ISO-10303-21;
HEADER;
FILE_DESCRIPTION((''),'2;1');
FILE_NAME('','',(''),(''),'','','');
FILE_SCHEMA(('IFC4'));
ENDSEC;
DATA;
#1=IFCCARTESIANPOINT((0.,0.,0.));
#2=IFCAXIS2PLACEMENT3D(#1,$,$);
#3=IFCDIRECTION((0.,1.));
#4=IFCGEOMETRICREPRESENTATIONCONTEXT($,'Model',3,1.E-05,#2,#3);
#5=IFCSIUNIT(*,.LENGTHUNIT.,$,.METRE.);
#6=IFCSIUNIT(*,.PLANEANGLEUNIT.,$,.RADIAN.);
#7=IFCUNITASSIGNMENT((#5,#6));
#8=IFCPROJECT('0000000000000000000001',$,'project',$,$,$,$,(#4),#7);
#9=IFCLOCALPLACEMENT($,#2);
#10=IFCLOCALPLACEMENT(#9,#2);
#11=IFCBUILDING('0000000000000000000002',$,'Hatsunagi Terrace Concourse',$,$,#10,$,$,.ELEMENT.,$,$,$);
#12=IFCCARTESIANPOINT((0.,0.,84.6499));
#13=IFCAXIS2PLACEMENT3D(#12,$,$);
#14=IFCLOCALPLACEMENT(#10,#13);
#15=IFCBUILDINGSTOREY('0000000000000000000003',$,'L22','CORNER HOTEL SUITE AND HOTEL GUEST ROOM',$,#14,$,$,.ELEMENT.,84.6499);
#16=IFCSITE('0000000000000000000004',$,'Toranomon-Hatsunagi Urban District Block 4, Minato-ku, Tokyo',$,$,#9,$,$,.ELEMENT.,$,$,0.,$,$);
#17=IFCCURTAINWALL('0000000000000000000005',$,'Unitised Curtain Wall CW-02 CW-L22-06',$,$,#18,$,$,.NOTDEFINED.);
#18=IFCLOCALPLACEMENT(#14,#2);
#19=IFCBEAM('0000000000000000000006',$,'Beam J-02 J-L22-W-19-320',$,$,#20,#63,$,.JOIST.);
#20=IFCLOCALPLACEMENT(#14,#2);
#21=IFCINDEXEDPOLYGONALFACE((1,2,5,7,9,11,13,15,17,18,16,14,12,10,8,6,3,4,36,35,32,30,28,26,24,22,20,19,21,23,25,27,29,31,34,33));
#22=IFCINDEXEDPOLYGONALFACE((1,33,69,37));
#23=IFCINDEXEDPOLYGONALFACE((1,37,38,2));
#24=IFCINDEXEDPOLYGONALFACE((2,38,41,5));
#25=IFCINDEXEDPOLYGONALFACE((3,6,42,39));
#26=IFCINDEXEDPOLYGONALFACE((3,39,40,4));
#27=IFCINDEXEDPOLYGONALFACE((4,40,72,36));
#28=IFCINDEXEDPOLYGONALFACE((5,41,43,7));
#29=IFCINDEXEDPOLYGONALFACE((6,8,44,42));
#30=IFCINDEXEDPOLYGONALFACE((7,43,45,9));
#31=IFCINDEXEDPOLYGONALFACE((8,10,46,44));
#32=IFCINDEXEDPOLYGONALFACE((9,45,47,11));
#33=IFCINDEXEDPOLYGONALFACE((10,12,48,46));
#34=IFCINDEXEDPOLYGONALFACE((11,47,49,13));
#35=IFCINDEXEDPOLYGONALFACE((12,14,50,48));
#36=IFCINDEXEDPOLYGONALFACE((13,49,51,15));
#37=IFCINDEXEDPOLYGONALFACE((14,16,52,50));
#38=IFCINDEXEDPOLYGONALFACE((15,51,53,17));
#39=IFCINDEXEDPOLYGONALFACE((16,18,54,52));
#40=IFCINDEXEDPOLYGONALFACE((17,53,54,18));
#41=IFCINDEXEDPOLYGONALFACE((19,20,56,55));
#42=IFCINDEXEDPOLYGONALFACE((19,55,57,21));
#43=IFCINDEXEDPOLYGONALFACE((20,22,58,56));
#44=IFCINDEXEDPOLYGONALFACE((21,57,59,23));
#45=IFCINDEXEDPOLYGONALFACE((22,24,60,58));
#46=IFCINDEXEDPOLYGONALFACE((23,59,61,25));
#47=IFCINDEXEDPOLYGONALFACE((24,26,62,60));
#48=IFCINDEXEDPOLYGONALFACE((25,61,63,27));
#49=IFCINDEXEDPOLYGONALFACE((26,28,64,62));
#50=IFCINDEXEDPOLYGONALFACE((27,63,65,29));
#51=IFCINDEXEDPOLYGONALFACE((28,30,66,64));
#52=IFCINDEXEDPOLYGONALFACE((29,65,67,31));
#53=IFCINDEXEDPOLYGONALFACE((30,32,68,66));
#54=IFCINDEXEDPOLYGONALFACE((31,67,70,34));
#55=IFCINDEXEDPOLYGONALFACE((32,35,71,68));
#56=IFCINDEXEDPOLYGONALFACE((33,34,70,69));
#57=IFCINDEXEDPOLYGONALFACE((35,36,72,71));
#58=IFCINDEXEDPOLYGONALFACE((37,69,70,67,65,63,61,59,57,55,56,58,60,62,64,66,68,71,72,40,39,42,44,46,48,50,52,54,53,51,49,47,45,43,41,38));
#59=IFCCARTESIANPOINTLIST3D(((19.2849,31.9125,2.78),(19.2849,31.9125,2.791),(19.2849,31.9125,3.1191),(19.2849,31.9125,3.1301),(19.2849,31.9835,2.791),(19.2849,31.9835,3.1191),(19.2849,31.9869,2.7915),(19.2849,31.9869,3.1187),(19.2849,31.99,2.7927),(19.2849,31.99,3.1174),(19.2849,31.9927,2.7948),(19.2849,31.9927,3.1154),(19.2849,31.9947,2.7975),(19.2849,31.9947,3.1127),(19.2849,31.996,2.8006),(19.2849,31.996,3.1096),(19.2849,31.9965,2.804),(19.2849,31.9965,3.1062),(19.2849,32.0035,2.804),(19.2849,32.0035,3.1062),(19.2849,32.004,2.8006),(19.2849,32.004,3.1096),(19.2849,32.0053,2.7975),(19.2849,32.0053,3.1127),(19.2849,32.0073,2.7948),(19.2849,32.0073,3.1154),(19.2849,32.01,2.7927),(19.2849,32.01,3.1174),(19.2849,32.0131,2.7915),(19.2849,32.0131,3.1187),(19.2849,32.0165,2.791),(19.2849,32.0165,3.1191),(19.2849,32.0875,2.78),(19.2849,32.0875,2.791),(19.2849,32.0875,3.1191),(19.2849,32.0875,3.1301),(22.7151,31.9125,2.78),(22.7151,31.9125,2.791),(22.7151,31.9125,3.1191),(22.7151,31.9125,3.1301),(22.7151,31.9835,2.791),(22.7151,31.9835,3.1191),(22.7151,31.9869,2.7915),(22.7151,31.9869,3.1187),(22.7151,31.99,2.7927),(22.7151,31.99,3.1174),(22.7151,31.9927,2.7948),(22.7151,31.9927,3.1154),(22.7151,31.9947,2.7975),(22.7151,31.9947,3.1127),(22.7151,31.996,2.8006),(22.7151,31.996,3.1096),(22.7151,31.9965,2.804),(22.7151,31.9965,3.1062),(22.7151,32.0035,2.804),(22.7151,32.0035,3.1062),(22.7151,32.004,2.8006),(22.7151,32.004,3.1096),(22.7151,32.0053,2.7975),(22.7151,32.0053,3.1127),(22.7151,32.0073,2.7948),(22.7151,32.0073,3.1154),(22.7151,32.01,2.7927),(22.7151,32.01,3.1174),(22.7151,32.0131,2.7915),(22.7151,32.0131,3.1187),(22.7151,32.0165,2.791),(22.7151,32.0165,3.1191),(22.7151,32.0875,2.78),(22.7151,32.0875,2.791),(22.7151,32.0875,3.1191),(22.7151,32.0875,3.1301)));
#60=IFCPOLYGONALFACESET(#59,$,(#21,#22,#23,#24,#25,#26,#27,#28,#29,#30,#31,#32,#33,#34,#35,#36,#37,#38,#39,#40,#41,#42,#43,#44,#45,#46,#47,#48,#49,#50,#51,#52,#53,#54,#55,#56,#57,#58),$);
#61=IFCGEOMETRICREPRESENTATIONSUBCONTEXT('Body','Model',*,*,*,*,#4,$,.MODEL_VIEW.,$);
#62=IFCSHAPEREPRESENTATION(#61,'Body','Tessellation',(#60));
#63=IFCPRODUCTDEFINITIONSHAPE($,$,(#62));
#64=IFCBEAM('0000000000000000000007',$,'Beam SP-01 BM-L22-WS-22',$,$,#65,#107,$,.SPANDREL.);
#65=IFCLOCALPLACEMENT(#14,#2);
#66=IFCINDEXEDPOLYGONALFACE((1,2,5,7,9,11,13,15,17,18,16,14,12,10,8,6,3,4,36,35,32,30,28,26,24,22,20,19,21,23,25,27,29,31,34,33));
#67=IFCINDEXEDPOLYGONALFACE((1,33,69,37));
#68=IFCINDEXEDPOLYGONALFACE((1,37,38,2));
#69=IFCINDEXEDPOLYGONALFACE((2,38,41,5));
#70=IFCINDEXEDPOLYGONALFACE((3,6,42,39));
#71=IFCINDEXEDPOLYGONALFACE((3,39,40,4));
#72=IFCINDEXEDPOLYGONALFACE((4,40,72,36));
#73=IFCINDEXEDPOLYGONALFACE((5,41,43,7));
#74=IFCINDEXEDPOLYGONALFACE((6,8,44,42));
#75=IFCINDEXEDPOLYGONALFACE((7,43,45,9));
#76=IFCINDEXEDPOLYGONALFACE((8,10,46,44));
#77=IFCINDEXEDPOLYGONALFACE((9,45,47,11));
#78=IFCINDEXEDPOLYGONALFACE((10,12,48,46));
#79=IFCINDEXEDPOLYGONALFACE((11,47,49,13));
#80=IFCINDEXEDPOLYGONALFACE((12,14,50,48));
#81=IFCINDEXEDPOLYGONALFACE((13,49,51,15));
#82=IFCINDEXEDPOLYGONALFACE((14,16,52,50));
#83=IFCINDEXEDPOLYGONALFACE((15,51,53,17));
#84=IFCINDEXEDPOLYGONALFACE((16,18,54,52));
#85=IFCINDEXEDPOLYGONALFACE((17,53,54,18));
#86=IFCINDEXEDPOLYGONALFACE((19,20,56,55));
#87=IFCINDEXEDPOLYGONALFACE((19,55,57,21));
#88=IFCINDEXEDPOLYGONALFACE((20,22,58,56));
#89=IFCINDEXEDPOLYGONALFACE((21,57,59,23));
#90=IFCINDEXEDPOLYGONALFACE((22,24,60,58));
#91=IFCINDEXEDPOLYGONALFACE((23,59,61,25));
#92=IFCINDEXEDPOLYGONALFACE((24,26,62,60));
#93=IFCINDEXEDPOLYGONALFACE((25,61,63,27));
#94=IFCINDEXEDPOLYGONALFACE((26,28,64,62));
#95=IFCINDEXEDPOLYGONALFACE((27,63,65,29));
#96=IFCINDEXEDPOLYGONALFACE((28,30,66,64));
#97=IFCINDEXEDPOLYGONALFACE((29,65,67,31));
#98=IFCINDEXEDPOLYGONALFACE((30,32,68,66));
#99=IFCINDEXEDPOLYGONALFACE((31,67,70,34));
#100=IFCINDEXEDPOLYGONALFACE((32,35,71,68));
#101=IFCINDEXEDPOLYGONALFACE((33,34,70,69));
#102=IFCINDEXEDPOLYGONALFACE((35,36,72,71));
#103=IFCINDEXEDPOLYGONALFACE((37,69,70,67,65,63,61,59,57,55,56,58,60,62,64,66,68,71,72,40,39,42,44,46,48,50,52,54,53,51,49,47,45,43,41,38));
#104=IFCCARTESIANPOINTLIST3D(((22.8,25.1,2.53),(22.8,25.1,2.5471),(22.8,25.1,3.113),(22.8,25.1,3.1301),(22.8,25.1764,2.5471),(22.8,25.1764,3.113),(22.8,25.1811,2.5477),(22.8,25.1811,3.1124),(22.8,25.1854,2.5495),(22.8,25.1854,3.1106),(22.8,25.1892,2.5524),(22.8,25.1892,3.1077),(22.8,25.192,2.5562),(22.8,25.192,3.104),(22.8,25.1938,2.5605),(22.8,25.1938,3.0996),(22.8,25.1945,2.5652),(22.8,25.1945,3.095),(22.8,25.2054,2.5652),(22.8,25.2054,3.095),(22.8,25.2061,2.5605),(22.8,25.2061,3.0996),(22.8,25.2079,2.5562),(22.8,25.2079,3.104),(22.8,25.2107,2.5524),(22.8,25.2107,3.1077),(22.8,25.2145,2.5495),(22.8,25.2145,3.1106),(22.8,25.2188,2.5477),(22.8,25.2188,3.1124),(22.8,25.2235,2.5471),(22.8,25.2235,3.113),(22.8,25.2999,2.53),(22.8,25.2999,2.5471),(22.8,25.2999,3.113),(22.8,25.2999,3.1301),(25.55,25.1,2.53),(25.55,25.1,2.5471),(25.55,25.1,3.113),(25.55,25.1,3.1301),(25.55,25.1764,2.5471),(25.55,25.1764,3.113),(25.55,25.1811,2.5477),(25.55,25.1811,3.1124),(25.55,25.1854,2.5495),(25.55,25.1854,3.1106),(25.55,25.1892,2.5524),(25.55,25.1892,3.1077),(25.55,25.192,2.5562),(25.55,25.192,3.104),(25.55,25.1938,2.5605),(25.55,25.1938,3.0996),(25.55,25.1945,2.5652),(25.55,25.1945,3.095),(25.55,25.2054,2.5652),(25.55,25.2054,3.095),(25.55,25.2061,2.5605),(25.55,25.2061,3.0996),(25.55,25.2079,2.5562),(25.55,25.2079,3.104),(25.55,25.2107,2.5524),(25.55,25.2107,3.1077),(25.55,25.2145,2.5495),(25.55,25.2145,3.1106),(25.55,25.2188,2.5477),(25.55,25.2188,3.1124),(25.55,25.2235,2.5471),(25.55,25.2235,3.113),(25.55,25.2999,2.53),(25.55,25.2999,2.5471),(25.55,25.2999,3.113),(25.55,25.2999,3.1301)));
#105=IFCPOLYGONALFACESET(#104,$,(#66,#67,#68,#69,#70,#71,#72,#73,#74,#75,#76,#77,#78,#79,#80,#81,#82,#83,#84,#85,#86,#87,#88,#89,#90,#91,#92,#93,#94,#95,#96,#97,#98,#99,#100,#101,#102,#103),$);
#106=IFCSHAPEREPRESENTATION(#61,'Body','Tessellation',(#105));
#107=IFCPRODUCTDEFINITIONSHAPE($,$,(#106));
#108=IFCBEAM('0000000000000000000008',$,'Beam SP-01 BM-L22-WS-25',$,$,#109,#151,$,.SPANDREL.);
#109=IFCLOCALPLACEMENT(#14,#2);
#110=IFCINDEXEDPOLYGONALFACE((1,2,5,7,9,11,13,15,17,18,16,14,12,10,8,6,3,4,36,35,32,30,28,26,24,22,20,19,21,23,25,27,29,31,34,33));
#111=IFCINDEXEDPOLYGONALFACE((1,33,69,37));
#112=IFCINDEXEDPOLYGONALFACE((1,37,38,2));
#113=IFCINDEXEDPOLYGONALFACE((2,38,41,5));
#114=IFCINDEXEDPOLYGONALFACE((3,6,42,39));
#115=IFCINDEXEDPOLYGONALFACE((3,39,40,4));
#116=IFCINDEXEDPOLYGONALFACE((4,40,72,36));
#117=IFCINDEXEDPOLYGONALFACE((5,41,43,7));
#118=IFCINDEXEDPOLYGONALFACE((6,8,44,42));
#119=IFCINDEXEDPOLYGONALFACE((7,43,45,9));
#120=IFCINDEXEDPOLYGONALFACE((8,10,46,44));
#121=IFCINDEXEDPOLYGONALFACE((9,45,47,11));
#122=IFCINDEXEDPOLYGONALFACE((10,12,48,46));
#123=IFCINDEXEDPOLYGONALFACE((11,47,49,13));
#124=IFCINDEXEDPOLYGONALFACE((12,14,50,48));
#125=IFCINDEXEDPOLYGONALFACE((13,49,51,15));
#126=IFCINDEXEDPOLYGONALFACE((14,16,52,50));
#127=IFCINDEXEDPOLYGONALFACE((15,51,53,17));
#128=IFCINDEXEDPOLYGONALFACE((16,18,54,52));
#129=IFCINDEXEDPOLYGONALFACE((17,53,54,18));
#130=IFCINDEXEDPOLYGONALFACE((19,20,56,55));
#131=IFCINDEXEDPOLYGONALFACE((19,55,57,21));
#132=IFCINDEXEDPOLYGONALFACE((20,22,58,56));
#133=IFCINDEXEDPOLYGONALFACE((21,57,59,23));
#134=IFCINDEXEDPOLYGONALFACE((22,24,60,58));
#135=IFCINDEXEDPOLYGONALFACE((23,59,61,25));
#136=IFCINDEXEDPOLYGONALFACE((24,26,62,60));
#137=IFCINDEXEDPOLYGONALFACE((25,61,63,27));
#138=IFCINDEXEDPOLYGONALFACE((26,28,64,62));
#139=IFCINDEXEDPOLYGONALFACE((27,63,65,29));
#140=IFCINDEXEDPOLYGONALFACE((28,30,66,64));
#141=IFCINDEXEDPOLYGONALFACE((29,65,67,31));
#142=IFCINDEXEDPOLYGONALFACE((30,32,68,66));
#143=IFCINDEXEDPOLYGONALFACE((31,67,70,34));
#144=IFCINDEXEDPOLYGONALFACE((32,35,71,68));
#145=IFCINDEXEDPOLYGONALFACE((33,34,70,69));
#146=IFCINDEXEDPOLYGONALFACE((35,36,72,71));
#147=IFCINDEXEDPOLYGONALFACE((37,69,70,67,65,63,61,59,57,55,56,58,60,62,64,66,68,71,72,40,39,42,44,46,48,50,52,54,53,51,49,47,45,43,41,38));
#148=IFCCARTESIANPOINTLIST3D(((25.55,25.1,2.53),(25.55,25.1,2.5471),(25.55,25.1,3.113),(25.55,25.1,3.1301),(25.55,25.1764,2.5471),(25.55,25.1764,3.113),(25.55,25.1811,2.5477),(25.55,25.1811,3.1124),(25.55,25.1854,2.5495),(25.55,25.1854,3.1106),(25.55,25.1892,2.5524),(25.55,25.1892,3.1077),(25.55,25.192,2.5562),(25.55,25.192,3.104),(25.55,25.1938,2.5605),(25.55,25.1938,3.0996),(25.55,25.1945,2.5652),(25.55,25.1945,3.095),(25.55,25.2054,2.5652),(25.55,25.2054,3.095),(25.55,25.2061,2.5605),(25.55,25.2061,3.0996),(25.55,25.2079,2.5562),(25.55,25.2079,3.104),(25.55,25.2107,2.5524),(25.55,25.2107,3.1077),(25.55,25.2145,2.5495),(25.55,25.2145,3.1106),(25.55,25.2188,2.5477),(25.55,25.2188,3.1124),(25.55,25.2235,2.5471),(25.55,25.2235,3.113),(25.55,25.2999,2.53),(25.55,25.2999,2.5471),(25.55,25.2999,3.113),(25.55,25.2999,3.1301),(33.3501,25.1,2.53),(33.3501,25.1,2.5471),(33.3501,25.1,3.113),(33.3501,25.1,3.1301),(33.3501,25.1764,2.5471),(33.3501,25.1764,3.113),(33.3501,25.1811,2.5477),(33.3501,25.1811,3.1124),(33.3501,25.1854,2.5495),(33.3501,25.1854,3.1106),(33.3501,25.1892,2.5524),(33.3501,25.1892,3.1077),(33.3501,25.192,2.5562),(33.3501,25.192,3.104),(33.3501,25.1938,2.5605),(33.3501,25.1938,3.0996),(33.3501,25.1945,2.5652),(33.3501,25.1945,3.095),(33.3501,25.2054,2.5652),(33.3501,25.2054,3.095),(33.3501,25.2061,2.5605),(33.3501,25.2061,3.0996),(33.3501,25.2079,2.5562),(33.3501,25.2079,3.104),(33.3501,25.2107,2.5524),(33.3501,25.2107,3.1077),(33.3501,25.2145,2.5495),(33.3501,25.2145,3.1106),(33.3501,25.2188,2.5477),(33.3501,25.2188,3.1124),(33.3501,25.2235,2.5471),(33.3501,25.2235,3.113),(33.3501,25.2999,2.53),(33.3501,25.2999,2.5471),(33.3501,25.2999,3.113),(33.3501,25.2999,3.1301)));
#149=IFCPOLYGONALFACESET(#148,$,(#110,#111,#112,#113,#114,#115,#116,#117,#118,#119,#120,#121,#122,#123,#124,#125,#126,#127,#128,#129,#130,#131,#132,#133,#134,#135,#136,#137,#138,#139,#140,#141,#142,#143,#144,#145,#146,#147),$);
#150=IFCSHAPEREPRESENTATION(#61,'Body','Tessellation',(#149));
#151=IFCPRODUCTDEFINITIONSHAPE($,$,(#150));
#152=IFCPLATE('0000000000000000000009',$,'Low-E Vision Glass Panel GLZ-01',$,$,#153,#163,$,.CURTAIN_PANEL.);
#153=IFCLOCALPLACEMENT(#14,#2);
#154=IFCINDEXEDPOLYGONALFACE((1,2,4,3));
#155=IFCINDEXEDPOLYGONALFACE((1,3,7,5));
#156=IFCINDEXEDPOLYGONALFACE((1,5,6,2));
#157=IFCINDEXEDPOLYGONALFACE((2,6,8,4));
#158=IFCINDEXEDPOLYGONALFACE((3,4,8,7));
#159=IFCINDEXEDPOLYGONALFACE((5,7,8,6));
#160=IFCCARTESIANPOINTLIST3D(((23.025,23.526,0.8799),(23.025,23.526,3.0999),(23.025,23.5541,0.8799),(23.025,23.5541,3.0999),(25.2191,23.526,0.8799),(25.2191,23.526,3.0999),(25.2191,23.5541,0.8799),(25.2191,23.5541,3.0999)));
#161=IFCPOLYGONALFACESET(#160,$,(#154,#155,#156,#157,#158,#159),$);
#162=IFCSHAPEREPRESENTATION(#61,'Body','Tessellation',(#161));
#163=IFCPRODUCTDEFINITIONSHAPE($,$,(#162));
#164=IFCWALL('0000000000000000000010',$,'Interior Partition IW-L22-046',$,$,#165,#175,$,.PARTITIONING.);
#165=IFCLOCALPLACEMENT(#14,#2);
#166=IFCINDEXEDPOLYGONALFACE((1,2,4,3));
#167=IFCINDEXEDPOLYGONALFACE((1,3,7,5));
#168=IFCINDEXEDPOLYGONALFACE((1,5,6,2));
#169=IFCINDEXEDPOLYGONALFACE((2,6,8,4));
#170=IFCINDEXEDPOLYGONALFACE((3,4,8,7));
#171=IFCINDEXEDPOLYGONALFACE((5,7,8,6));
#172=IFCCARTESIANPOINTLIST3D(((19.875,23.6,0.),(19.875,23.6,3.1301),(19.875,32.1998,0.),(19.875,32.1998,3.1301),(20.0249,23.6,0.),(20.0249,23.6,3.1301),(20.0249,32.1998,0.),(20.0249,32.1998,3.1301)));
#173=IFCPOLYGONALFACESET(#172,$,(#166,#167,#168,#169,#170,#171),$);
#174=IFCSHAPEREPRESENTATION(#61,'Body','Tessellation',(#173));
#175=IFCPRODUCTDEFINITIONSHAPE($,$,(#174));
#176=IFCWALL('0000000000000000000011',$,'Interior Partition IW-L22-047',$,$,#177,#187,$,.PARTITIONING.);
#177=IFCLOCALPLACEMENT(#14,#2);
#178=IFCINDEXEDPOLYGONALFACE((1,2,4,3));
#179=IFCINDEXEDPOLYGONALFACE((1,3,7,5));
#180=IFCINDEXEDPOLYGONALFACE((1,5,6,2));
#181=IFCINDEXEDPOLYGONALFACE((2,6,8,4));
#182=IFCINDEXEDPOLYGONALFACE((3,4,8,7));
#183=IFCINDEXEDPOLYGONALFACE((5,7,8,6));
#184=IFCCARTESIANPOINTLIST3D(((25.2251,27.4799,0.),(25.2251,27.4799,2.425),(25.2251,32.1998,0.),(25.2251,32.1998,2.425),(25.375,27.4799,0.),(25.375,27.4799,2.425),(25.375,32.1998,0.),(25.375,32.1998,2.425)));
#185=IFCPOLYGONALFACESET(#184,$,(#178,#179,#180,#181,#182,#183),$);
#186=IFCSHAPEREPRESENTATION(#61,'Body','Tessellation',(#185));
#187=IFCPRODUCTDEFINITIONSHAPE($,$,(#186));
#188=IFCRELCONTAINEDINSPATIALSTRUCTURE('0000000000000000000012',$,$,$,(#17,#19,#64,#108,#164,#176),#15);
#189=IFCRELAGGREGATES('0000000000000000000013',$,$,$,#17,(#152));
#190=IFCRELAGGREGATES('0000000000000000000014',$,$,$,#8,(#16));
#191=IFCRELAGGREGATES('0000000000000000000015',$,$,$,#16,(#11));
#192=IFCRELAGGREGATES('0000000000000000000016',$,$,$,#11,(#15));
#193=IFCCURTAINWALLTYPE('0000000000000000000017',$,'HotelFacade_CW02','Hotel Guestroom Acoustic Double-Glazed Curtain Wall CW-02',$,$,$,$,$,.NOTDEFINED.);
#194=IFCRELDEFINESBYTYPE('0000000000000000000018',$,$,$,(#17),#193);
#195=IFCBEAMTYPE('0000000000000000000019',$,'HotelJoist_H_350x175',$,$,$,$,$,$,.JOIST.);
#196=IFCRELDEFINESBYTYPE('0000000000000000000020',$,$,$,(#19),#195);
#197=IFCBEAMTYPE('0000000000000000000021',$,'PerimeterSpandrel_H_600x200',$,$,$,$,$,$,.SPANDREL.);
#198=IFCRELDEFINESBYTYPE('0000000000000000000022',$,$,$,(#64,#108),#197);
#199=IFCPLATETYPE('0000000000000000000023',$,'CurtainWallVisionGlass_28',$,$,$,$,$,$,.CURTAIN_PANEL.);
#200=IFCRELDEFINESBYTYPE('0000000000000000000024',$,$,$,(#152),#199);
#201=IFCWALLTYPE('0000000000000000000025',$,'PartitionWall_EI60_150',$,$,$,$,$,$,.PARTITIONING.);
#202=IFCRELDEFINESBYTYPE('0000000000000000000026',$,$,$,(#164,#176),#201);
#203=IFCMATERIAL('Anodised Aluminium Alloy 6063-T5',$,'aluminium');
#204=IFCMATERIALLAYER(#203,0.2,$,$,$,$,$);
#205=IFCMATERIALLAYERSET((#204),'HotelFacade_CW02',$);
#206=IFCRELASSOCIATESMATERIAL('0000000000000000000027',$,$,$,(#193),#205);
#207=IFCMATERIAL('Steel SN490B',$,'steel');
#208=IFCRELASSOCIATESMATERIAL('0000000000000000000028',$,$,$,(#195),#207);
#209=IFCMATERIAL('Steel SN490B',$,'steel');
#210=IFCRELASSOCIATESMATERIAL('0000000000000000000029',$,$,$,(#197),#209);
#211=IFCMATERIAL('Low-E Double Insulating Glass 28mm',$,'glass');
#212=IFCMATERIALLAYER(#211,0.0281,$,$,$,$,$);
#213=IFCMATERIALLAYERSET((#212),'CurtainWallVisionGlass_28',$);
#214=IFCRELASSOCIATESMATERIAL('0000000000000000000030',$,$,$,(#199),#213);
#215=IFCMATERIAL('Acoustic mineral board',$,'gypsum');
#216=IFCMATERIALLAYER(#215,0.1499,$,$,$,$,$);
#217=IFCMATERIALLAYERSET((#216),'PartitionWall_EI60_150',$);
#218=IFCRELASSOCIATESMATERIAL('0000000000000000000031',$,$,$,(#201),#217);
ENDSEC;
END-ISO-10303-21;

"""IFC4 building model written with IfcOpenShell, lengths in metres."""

from ifc_helpers import new_model, si_unit, direction, frame, frame_2d, origin, origin_2d, place, context, subcontext, project, spatial, rectangle, i_section, extrude, material, layer, layer_set, material_profile, profile_set, type_object, element, aggregate, save


model = new_model("IFC4")

# Units and contexts
model_context = context("Model", 3, precision=1e-05, world=origin(), true_north=direction((0.0, 1.0)))
body_context = subcontext(model_context, "Body", "Model", "MODEL_VIEW")
ifc_project = project(units=[si_unit("LENGTHUNIT", "METRE"), si_unit("PLANEANGLEUNIT", "RADIAN")], contexts=[model_context])

# Site, building, storey
site_placement = place(None, origin())
site = spatial("IfcSite", under=ifc_project, at=site_placement, Name="Toranomon-Hatsunagi Urban District Block 4, Minato-ku, Tokyo", CompositionType="ELEMENT", RefElevation=0.0)
building_placement = place(site_placement, origin())
building = spatial("IfcBuilding", under=site, at=building_placement, Name="Hatsunagi Terrace Concourse", CompositionType="ELEMENT")
storey_placement = place(building_placement, frame((0.0, 0.0, 84.6499)))
storey = spatial("IfcBuildingStorey", under=building, at=storey_placement, Name="L22", Description="CORNER HOTEL SUITE AND HOTEL GUEST ROOM", CompositionType="ELEMENT", Elevation=84.6499)

# Shared definitions
ifc_material_1 = material(Name="Anodised Aluminium Alloy 6063-T5", Category="aluminium")
ifc_layer_1 = layer(ifc_material_1, 0.2)
ifc_layer_set_1 = layer_set([ifc_layer_1], Name="HotelFacade_CW02")
curtain_wall_type = type_object("IfcCurtainWallType", Name="HotelFacade_CW02", Description="Hotel Guestroom Acoustic Double-Glazed Curtain Wall CW-02", PredefinedType="NOTDEFINED", material=ifc_layer_set_1)

# Curtain wall
curtain_wall_1_placement = place(storey_placement, origin())
curtain_wall_1 = element("IfcCurtainWall", 1, at=curtain_wall_1_placement, inside=storey, type_object=curtain_wall_type, Name="Unitised Curtain Wall CW-02 CW-L22-06", PredefinedType="NOTDEFINED")

# Beams
ifc_material_2 = material(Name="Steel SN490B", Category="steel")
ifc_material_profile_1 = material_profile(ifc_material_2, i_section(OverallWidth=0.175, OverallDepth=0.3501, WebThickness=0.0071, FlangeThickness=0.011, FilletRadius=0.0129, at=origin_2d()), Name="H-350x175x7x11")
ifc_profile_set_1 = profile_set([ifc_material_profile_1], Name="Steel SN490B")
beam_type_1 = type_object("IfcBeamType", Name="HotelJoist_H_350x175", PredefinedType="JOIST", material=ifc_profile_set_1)
for number, where, z_axis, x_axis, name in (
    (2, (19.2849, 32.0, 2.9551), (1.0, 0.0, 0.0), (0.0, 1.0, 0.0), "Beam J-02 J-L22-W-19-320"),
):
    element("IfcBeam", number, at=place(storey_placement, frame(where, z_axis=z_axis, x_axis=x_axis)), inside=storey, type_object=beam_type_1, Name=name, PredefinedType="JOIST", context=body_context, shape_type="SweptSolid", body=[
        extrude(i_section(OverallWidth=0.175, OverallDepth=0.3501, WebThickness=0.0071, FlangeThickness=0.011, FilletRadius=0.0129, at=origin_2d()), origin(), (0.0, 0.0, 1.0), 3.4302),
    ])
ifc_material_3 = material(Name="Steel SN490B", Category="steel")
ifc_material_profile_2 = material_profile(ifc_material_3, i_section(OverallWidth=0.2, OverallDepth=0.6001, WebThickness=0.011, FlangeThickness=0.0171, FilletRadius=0.0181, at=origin_2d()), Name="H-600x200x11x17")
ifc_profile_set_2 = profile_set([ifc_material_profile_2], Name="Steel SN490B")
beam_type_2 = type_object("IfcBeamType", Name="PerimeterSpandrel_H_600x200", PredefinedType="SPANDREL", material=ifc_profile_set_2)
beam_1_placement = place(storey_placement, frame((22.8, 25.2, 2.8301), z_axis=(1.0, 0.0, 0.0), x_axis=(0.0, 1.0, 0.0)))
element("IfcBeam", 3, at=beam_1_placement, inside=storey, type_object=beam_type_2, Name="Beam SP-01 BM-L22-WS-22", PredefinedType="SPANDREL", context=body_context, shape_type="SweptSolid", body=[
    extrude(i_section(OverallWidth=0.2, OverallDepth=0.6001, WebThickness=0.011, FlangeThickness=0.0171, FilletRadius=0.0181, at=origin_2d()), origin(), (0.0, 0.0, 1.0), 2.75),
])
beam_2_placement = place(storey_placement, frame((25.55, 25.2, 2.8301), z_axis=(1.0, 0.0, 0.0), x_axis=(0.0, 1.0, 0.0)))
element("IfcBeam", 4, at=beam_2_placement, inside=storey, type_object=beam_type_2, Name="Beam SP-01 BM-L22-WS-25", PredefinedType="SPANDREL", context=body_context, shape_type="SweptSolid", body=[
    extrude(i_section(OverallWidth=0.2, OverallDepth=0.6001, WebThickness=0.011, FlangeThickness=0.0171, FilletRadius=0.0181, at=origin_2d()), origin(), (0.0, 0.0, 1.0), 7.8),
])

# Plate
ifc_material_4 = material(Name="Low-E Double Insulating Glass 28mm", Category="glass")
ifc_layer_2 = layer(ifc_material_4, 0.0281)
ifc_layer_set_2 = layer_set([ifc_layer_2], Name="CurtainWallVisionGlass_28")
plate_type = type_object("IfcPlateType", Name="CurtainWallVisionGlass_28", PredefinedType="CURTAIN_PANEL", material=ifc_layer_set_2)
plate_placement = place(storey_placement, frame((24.1221, 23.54, 0.8799), z_axis=(0.0, 0.0, 1.0), x_axis=(-1.0, 0.0, 0.0)))
plate = element("IfcPlate", 5, at=plate_placement, type_object=plate_type, Name="Low-E Vision Glass Panel GLZ-01", PredefinedType="CURTAIN_PANEL", context=body_context, shape_type="SweptSolid", body=[
    extrude(rectangle(XDim=2.1941, YDim=0.0281, at=origin_2d()), origin(), (0.0, 0.0, 1.0), 2.22),
])
aggregate(curtain_wall_1, [plate])

# Walls
ifc_material_5 = material(Name="Acoustic mineral board", Category="gypsum")
ifc_layer_3 = layer(ifc_material_5, 0.1499)
ifc_layer_set_3 = layer_set([ifc_layer_3], Name="PartitionWall_EI60_150")
wall_type_1 = type_object("IfcWallType", Name="PartitionWall_EI60_150", PredefinedType="PARTITIONING", material=ifc_layer_set_3)
wall_1_placement = place(storey_placement, frame((19.95, 23.6001, 0.0), z_axis=(0.0, 0.0, 1.0), x_axis=(0.0, 1.0, 0.0)))
element("IfcWall", 6, at=wall_1_placement, inside=storey, type_object=wall_type_1, Name="Interior Partition IW-L22-046", PredefinedType="PARTITIONING", context=body_context, shape_type="SweptSolid", body=[
    extrude(rectangle(XDim=8.5999, YDim=0.1499, at=frame_2d((4.2998, 0.0))), origin(), (0.0, 0.0, 1.0), 3.1301),
])
wall_2_placement = place(storey_placement, frame((25.3, 27.48, 0.0), z_axis=(0.0, 0.0, 1.0), x_axis=(0.0, 1.0, 0.0)))
element("IfcWall", 7, at=wall_2_placement, inside=storey, type_object=wall_type_1, Name="Interior Partition IW-L22-047", PredefinedType="PARTITIONING", context=body_context, shape_type="SweptSolid", body=[
    extrude(rectangle(XDim=4.72, YDim=0.1499, at=frame_2d((2.3599, 0.0))), origin(), (0.0, 0.0, 1.0), 2.425),
])

save(model, "model.ifc")
